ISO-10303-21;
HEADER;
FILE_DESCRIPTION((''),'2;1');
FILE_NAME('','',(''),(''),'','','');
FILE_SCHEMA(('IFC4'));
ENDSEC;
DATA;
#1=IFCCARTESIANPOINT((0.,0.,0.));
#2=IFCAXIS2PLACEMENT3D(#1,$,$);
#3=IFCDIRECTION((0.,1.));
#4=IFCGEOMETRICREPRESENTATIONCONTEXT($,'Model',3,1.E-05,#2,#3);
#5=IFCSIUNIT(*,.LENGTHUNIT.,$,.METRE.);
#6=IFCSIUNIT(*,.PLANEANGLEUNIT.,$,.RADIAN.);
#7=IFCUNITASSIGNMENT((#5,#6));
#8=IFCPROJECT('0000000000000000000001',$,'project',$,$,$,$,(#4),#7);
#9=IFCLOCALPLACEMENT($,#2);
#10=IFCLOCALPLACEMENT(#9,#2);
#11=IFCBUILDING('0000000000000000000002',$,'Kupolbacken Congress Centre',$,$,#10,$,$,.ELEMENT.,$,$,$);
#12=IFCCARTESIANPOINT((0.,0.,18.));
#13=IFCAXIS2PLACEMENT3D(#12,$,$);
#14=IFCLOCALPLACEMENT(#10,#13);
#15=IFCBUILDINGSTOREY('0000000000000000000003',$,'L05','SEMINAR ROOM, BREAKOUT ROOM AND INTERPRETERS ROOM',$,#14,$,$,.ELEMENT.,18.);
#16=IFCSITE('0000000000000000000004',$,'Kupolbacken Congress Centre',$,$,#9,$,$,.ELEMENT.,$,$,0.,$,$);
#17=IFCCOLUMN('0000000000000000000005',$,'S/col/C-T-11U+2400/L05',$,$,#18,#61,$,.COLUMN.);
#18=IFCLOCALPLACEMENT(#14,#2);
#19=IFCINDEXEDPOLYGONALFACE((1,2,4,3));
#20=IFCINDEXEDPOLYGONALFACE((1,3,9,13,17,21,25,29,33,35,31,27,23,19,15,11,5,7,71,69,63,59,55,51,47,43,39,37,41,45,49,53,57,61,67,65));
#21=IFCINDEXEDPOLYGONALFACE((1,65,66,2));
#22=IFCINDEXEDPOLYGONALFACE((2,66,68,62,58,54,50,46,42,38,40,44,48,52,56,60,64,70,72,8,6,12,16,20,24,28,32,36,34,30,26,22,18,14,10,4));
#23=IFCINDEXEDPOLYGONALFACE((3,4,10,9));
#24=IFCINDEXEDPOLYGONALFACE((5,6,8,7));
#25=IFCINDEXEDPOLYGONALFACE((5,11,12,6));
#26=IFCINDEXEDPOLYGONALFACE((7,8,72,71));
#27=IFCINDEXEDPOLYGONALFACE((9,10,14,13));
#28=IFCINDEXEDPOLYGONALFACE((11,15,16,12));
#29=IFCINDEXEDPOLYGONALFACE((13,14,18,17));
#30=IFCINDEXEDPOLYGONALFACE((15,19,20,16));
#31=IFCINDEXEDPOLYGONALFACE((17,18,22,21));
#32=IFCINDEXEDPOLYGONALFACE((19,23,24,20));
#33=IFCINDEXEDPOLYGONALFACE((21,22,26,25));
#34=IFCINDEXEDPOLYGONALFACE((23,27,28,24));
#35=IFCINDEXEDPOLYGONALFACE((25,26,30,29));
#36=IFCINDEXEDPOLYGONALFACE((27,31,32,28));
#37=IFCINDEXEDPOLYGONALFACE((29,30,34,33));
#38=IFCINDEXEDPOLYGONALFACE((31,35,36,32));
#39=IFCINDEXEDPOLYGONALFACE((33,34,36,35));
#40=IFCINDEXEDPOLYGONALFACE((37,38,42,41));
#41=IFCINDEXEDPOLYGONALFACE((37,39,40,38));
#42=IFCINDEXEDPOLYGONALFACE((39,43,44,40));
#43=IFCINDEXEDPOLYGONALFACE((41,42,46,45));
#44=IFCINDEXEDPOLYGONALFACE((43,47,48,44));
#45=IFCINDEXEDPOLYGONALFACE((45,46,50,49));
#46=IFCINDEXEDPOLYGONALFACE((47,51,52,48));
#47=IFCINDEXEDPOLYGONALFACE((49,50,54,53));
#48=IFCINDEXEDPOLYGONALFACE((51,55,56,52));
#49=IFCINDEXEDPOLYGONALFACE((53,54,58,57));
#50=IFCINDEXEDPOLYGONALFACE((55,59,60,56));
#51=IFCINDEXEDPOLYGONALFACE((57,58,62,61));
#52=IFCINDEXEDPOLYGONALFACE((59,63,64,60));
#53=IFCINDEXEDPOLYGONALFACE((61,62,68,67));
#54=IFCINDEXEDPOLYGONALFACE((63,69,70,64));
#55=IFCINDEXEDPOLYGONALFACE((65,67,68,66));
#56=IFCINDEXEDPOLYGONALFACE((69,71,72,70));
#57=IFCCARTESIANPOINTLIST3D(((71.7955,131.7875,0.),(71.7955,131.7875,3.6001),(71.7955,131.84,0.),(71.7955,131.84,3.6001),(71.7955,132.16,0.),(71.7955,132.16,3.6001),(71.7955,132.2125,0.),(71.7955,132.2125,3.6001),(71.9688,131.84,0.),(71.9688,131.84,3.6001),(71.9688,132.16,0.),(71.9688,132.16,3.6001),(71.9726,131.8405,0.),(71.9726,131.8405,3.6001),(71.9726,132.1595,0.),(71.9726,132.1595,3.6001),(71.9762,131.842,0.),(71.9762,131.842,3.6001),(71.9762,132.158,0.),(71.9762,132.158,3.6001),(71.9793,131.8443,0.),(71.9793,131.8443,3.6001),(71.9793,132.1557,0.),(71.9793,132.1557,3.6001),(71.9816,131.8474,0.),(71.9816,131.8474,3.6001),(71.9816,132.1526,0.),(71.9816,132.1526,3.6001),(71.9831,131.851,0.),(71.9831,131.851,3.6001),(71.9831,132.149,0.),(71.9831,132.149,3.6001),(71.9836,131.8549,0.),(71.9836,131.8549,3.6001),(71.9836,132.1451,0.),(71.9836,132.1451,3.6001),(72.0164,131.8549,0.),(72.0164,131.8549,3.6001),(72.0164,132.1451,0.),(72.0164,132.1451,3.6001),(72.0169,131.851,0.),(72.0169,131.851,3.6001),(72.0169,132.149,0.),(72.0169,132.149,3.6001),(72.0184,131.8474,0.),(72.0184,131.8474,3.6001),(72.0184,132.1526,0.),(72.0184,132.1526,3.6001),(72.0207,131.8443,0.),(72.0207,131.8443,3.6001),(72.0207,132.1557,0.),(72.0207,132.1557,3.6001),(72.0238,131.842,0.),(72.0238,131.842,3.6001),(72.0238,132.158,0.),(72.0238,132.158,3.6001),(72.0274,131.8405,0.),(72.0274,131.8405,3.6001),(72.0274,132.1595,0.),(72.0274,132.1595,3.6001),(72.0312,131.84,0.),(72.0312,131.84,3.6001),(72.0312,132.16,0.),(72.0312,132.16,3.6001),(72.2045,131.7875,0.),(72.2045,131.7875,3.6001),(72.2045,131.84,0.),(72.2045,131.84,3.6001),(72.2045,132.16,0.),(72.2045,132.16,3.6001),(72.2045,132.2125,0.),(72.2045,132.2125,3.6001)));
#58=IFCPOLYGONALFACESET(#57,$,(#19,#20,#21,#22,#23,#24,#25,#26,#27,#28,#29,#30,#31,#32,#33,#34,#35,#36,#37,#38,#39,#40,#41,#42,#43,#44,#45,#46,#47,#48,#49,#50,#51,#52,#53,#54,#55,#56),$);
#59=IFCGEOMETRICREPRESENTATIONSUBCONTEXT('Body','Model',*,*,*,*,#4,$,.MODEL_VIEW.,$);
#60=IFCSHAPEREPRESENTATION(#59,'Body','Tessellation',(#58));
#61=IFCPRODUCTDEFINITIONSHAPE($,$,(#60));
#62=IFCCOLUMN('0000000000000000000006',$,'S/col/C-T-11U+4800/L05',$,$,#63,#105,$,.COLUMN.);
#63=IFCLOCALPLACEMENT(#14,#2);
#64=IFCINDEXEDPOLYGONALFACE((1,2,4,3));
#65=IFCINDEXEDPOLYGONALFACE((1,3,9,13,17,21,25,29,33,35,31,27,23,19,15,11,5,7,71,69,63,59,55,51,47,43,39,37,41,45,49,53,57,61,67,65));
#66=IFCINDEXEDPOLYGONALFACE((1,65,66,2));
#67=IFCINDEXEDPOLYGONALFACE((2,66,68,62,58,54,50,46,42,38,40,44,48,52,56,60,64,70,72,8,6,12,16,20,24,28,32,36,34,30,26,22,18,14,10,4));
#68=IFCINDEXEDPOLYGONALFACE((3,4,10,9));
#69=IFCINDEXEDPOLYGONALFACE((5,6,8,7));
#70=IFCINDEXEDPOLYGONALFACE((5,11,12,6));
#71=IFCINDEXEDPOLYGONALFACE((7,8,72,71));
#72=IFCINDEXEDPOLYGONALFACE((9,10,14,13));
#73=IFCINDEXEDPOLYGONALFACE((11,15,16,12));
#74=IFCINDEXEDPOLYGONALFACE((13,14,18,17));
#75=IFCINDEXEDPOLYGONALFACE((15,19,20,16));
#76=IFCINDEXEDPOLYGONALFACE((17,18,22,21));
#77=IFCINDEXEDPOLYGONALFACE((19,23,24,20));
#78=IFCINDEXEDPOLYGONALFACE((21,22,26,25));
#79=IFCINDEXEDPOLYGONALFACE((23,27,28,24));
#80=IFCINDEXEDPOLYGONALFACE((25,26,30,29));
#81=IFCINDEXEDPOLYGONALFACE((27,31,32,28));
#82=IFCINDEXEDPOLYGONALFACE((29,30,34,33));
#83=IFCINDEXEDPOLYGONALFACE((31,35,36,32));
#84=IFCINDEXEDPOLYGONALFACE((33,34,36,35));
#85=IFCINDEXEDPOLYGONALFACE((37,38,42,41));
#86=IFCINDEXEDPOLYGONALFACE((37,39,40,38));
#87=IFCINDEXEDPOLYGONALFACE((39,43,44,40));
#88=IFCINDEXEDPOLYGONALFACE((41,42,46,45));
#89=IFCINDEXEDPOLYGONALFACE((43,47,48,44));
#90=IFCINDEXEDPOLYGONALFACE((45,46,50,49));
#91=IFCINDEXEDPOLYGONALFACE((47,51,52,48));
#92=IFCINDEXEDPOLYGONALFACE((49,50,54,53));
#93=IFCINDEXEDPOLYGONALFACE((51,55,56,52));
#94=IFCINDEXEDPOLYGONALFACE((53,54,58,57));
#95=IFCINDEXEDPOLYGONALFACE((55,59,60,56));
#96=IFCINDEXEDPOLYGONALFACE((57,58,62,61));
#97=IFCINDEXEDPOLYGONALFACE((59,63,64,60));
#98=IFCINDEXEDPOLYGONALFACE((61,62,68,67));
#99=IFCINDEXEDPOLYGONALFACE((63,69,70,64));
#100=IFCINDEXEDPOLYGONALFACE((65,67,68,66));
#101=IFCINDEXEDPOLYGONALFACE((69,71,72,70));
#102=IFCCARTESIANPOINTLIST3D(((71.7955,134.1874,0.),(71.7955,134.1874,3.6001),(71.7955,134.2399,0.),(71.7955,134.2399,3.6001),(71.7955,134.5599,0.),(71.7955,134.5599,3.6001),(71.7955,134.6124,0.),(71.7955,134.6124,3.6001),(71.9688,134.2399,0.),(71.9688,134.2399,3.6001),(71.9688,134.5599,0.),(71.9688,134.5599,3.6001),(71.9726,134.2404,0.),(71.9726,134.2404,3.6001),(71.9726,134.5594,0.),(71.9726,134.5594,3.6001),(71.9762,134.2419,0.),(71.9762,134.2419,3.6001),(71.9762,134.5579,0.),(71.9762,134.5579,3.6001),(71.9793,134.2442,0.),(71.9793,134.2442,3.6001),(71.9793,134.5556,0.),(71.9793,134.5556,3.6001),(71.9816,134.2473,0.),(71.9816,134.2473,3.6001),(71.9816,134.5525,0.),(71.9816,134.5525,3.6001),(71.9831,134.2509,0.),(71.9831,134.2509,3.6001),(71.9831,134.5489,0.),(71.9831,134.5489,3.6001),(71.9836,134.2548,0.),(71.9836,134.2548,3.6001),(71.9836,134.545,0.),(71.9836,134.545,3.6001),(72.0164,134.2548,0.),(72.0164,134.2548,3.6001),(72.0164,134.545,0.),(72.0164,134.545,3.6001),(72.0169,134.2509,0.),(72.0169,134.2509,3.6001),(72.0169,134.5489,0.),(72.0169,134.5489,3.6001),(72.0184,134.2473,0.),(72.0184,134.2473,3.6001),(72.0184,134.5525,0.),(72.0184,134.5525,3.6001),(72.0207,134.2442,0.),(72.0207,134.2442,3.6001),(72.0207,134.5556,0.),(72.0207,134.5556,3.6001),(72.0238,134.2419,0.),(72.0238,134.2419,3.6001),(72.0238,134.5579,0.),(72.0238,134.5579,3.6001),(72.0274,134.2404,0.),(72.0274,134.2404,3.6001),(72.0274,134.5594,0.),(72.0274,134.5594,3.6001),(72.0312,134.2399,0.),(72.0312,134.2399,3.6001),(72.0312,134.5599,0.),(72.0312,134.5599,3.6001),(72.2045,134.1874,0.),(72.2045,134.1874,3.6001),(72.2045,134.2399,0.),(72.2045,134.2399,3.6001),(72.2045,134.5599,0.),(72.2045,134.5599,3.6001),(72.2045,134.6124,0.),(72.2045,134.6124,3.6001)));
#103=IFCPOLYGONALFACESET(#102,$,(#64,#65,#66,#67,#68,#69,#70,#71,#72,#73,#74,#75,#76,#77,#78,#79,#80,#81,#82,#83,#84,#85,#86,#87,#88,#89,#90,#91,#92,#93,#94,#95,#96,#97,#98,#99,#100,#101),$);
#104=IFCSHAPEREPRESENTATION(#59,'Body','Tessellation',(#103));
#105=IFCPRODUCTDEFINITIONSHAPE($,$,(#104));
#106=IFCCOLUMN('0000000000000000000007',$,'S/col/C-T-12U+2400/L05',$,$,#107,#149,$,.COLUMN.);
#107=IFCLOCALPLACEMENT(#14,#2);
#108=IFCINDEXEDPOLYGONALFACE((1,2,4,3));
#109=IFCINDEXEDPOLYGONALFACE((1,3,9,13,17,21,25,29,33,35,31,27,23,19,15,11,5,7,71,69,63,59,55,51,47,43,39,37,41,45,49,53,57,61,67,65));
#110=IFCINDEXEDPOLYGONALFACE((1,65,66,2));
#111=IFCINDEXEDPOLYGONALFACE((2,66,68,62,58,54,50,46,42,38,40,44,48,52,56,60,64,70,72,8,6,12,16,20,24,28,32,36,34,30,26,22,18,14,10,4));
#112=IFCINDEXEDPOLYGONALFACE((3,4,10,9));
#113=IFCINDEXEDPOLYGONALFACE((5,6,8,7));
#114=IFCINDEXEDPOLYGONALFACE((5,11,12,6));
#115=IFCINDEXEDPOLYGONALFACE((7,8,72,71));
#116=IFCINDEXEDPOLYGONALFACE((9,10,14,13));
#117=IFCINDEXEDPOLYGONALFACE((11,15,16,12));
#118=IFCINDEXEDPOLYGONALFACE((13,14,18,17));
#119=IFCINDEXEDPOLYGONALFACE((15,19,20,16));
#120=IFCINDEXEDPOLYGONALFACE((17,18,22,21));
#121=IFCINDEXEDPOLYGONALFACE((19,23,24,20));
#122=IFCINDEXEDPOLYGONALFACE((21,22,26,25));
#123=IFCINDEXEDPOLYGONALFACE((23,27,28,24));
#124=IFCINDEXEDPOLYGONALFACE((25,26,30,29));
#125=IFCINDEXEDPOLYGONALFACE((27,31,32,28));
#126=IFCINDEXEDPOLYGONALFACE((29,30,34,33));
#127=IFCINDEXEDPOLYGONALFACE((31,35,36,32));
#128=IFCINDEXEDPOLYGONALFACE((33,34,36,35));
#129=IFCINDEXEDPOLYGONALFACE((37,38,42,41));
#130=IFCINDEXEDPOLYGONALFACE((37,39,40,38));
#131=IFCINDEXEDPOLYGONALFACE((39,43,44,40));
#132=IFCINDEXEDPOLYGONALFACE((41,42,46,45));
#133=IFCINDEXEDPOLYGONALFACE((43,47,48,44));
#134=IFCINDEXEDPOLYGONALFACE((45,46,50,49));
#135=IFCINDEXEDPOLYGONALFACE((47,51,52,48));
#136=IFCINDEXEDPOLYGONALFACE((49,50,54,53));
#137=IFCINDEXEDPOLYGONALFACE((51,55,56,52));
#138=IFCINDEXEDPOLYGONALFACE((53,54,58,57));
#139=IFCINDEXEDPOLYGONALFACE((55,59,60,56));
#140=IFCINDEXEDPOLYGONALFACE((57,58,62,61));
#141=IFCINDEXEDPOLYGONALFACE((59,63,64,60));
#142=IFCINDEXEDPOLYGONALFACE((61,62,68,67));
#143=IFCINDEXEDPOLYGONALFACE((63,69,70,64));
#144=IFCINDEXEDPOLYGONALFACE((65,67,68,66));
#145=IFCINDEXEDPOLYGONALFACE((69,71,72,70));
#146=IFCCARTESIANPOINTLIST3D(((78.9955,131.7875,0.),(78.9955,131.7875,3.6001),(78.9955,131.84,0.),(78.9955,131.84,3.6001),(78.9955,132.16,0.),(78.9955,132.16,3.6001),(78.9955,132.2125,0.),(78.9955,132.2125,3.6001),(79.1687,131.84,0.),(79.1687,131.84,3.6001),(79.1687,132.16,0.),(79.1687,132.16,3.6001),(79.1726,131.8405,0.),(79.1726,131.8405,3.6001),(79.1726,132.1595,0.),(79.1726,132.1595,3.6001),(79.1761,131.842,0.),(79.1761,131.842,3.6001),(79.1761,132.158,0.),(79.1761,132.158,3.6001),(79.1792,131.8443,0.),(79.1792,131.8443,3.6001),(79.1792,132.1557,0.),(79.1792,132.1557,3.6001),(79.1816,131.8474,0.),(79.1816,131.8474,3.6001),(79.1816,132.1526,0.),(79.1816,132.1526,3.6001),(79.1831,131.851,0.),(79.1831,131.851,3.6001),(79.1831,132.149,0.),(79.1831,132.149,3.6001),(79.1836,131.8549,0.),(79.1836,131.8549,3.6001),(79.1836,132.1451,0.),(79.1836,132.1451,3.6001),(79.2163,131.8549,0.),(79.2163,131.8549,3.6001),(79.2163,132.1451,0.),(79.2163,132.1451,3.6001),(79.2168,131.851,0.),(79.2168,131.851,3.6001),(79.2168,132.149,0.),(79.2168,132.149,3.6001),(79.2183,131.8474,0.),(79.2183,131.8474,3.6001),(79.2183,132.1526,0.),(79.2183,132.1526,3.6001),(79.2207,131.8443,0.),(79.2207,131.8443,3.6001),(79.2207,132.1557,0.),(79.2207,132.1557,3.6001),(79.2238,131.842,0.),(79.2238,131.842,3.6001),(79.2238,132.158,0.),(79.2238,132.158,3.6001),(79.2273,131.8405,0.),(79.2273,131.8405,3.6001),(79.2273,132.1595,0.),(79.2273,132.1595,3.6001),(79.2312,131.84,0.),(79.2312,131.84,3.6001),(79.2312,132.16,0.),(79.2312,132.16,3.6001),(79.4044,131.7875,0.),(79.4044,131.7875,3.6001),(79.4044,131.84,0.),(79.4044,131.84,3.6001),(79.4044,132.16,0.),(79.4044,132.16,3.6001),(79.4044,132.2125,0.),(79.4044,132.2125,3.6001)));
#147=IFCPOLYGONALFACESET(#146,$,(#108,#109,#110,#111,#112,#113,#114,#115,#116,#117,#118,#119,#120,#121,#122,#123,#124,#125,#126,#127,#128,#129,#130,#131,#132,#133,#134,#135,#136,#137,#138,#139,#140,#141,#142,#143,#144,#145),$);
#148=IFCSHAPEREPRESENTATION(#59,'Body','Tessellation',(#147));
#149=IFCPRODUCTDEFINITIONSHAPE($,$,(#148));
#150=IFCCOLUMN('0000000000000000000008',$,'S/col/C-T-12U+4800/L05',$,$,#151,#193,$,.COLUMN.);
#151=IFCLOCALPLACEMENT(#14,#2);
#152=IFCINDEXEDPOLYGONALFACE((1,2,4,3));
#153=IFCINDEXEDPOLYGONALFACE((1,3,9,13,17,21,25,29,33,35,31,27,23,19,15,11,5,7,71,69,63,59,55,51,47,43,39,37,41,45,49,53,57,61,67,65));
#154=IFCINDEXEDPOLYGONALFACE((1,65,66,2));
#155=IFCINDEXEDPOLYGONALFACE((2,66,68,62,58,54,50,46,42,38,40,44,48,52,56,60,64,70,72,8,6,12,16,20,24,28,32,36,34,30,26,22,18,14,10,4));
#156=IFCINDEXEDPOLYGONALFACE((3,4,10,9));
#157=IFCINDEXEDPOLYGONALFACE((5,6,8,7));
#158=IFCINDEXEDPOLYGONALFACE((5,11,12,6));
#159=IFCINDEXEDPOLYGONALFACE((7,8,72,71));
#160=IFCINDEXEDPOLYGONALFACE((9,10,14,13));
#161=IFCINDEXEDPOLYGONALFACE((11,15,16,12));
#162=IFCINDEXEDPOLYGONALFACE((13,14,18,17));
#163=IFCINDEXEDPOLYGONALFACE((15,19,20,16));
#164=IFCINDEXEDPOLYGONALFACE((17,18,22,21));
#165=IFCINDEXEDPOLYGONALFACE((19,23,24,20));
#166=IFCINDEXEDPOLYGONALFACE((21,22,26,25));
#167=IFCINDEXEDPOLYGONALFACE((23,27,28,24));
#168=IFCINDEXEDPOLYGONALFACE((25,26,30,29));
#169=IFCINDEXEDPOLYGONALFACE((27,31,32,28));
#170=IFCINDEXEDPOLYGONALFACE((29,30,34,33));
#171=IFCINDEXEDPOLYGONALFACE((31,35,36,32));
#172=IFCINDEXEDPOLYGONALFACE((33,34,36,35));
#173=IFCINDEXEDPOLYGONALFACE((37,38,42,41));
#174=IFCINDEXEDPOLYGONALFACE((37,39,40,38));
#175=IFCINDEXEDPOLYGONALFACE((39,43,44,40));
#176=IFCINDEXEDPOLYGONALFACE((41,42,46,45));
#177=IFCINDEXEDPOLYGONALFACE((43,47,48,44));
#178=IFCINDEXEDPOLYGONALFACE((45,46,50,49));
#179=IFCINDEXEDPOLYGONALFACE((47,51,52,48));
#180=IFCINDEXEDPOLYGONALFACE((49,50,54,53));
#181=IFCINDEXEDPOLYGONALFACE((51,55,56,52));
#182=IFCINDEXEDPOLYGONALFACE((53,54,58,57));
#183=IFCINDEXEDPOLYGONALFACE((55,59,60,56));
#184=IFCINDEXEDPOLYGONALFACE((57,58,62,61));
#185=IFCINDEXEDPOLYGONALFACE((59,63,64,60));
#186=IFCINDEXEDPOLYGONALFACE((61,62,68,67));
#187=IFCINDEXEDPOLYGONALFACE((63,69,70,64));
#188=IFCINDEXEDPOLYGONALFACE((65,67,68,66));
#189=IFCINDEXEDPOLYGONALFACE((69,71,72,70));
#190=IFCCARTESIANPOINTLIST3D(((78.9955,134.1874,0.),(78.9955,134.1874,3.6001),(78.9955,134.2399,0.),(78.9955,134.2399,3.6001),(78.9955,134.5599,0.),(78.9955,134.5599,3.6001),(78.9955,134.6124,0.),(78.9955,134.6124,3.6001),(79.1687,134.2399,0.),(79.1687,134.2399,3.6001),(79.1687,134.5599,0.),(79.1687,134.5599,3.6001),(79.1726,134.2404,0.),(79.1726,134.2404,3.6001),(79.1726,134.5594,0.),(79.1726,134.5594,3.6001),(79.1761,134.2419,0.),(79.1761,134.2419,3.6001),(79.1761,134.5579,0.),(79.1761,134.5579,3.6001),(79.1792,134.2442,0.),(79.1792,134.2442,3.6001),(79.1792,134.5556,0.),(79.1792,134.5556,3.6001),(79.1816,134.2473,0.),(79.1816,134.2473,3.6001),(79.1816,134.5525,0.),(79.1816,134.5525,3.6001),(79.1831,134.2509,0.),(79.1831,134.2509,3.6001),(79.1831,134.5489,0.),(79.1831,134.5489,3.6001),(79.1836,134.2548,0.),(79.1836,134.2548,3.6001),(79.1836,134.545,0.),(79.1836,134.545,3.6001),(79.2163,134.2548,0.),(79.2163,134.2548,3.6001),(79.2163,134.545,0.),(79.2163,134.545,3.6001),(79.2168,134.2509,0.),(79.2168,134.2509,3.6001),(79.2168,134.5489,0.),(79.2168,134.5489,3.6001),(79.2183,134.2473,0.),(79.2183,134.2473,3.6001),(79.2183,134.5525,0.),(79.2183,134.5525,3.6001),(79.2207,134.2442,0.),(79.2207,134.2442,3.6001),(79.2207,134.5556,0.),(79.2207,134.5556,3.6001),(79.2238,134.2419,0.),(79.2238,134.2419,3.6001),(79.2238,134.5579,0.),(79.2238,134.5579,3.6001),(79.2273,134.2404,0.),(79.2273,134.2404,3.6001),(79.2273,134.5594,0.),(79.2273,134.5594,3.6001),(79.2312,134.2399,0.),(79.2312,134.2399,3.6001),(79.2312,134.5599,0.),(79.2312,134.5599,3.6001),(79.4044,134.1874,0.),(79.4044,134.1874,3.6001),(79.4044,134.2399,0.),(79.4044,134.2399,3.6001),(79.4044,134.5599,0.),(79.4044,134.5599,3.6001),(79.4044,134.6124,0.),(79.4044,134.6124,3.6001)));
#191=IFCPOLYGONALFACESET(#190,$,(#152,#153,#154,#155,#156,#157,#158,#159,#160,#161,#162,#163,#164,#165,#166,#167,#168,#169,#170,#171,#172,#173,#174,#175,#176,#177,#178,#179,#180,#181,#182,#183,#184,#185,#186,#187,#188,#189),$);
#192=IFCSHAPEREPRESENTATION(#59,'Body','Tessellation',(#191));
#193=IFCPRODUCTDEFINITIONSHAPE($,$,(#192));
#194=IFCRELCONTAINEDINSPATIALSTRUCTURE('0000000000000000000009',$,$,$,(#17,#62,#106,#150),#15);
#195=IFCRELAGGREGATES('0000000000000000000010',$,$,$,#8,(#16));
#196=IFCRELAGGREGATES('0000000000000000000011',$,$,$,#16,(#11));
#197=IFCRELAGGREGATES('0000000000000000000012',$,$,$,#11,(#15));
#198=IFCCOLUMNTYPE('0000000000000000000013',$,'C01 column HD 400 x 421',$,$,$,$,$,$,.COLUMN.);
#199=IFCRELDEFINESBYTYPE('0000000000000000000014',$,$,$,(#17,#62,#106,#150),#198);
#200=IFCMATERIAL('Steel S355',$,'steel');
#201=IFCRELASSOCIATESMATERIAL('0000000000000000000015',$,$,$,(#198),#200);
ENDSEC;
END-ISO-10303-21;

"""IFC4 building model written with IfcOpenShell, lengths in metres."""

from ifc_helpers import new_model, si_unit, direction, frame, origin, origin_2d, place, context, subcontext, project, spatial, i_section, extrude, material, material_profile, profile_set, type_object, element, save


model = new_model("IFC4")

# Units and contexts
model_context = context("Model", 3, precision=1e-05, world=origin(), true_north=direction((0.0, 1.0)))
body_context = subcontext(model_context, "Body", "Model", "MODEL_VIEW")
ifc_project = project(units=[si_unit("LENGTHUNIT", "METRE"), si_unit("PLANEANGLEUNIT", "RADIAN")], contexts=[model_context])

# Site, building, storey
site_placement = place(None, origin())
site = spatial("IfcSite", under=ifc_project, at=site_placement, Name="Kupolbacken Congress Centre", CompositionType="ELEMENT", RefElevation=0.0)
building_placement = place(site_placement, origin())
building = spatial("IfcBuilding", under=site, at=building_placement, Name="Kupolbacken Congress Centre", CompositionType="ELEMENT")
storey_placement = place(building_placement, frame((0.0, 0.0, 18.0)))
storey = spatial("IfcBuildingStorey", under=building, at=storey_placement, Name="L05", Description="SEMINAR ROOM, BREAKOUT ROOM AND INTERPRETERS ROOM", CompositionType="ELEMENT", Elevation=18.0)

# Columns
ifc_material_1 = material(Name="Steel S355", Category="steel")
ifc_material_profile_1 = material_profile(ifc_material_1, i_section(OverallWidth=0.4089, OverallDepth=0.425, WebThickness=0.0327, FlangeThickness=0.0525, FilletRadius=0.0149, at=origin_2d()), Name="HD 400 x 421")
ifc_profile_set_1 = profile_set([ifc_material_profile_1], Name="Steel S355")
column_type_1 = type_object("IfcColumnType", Name="C01 column HD 400 x 421", PredefinedType="COLUMN", material=ifc_profile_set_1)
for number, where, z_axis, x_axis, name in (
    (1, (72.0, 132.0, 0.0), (0.0, 0.0, 1.0), (1.0, 0.0, 0.0), "S/col/C-T-11U+2400/L05"),
    (2, (72.0, 134.3999, 0.0), (0.0, 0.0, 1.0), (1.0, 0.0, 0.0), "S/col/C-T-11U+4800/L05"),
    (3, (79.2, 132.0, 0.0), (0.0, 0.0, 1.0), (1.0, 0.0, 0.0), "S/col/C-T-12U+2400/L05"),
    (4, (79.2, 134.3999, 0.0), (0.0, 0.0, 1.0), (1.0, 0.0, 0.0), "S/col/C-T-12U+4800/L05"),
):
    element("IfcColumn", number, at=place(storey_placement, frame(where, z_axis=z_axis, x_axis=x_axis)), inside=storey, type_object=column_type_1, Name=name, PredefinedType="COLUMN", context=body_context, shape_type="SweptSolid", body=[
        extrude(i_section(OverallWidth=0.4089, OverallDepth=0.425, WebThickness=0.0327, FlangeThickness=0.0525, FilletRadius=0.0149, at=origin_2d()), origin(), (0.0, 0.0, 1.0), 3.6001),
    ])

save(model, "model.ifc")
